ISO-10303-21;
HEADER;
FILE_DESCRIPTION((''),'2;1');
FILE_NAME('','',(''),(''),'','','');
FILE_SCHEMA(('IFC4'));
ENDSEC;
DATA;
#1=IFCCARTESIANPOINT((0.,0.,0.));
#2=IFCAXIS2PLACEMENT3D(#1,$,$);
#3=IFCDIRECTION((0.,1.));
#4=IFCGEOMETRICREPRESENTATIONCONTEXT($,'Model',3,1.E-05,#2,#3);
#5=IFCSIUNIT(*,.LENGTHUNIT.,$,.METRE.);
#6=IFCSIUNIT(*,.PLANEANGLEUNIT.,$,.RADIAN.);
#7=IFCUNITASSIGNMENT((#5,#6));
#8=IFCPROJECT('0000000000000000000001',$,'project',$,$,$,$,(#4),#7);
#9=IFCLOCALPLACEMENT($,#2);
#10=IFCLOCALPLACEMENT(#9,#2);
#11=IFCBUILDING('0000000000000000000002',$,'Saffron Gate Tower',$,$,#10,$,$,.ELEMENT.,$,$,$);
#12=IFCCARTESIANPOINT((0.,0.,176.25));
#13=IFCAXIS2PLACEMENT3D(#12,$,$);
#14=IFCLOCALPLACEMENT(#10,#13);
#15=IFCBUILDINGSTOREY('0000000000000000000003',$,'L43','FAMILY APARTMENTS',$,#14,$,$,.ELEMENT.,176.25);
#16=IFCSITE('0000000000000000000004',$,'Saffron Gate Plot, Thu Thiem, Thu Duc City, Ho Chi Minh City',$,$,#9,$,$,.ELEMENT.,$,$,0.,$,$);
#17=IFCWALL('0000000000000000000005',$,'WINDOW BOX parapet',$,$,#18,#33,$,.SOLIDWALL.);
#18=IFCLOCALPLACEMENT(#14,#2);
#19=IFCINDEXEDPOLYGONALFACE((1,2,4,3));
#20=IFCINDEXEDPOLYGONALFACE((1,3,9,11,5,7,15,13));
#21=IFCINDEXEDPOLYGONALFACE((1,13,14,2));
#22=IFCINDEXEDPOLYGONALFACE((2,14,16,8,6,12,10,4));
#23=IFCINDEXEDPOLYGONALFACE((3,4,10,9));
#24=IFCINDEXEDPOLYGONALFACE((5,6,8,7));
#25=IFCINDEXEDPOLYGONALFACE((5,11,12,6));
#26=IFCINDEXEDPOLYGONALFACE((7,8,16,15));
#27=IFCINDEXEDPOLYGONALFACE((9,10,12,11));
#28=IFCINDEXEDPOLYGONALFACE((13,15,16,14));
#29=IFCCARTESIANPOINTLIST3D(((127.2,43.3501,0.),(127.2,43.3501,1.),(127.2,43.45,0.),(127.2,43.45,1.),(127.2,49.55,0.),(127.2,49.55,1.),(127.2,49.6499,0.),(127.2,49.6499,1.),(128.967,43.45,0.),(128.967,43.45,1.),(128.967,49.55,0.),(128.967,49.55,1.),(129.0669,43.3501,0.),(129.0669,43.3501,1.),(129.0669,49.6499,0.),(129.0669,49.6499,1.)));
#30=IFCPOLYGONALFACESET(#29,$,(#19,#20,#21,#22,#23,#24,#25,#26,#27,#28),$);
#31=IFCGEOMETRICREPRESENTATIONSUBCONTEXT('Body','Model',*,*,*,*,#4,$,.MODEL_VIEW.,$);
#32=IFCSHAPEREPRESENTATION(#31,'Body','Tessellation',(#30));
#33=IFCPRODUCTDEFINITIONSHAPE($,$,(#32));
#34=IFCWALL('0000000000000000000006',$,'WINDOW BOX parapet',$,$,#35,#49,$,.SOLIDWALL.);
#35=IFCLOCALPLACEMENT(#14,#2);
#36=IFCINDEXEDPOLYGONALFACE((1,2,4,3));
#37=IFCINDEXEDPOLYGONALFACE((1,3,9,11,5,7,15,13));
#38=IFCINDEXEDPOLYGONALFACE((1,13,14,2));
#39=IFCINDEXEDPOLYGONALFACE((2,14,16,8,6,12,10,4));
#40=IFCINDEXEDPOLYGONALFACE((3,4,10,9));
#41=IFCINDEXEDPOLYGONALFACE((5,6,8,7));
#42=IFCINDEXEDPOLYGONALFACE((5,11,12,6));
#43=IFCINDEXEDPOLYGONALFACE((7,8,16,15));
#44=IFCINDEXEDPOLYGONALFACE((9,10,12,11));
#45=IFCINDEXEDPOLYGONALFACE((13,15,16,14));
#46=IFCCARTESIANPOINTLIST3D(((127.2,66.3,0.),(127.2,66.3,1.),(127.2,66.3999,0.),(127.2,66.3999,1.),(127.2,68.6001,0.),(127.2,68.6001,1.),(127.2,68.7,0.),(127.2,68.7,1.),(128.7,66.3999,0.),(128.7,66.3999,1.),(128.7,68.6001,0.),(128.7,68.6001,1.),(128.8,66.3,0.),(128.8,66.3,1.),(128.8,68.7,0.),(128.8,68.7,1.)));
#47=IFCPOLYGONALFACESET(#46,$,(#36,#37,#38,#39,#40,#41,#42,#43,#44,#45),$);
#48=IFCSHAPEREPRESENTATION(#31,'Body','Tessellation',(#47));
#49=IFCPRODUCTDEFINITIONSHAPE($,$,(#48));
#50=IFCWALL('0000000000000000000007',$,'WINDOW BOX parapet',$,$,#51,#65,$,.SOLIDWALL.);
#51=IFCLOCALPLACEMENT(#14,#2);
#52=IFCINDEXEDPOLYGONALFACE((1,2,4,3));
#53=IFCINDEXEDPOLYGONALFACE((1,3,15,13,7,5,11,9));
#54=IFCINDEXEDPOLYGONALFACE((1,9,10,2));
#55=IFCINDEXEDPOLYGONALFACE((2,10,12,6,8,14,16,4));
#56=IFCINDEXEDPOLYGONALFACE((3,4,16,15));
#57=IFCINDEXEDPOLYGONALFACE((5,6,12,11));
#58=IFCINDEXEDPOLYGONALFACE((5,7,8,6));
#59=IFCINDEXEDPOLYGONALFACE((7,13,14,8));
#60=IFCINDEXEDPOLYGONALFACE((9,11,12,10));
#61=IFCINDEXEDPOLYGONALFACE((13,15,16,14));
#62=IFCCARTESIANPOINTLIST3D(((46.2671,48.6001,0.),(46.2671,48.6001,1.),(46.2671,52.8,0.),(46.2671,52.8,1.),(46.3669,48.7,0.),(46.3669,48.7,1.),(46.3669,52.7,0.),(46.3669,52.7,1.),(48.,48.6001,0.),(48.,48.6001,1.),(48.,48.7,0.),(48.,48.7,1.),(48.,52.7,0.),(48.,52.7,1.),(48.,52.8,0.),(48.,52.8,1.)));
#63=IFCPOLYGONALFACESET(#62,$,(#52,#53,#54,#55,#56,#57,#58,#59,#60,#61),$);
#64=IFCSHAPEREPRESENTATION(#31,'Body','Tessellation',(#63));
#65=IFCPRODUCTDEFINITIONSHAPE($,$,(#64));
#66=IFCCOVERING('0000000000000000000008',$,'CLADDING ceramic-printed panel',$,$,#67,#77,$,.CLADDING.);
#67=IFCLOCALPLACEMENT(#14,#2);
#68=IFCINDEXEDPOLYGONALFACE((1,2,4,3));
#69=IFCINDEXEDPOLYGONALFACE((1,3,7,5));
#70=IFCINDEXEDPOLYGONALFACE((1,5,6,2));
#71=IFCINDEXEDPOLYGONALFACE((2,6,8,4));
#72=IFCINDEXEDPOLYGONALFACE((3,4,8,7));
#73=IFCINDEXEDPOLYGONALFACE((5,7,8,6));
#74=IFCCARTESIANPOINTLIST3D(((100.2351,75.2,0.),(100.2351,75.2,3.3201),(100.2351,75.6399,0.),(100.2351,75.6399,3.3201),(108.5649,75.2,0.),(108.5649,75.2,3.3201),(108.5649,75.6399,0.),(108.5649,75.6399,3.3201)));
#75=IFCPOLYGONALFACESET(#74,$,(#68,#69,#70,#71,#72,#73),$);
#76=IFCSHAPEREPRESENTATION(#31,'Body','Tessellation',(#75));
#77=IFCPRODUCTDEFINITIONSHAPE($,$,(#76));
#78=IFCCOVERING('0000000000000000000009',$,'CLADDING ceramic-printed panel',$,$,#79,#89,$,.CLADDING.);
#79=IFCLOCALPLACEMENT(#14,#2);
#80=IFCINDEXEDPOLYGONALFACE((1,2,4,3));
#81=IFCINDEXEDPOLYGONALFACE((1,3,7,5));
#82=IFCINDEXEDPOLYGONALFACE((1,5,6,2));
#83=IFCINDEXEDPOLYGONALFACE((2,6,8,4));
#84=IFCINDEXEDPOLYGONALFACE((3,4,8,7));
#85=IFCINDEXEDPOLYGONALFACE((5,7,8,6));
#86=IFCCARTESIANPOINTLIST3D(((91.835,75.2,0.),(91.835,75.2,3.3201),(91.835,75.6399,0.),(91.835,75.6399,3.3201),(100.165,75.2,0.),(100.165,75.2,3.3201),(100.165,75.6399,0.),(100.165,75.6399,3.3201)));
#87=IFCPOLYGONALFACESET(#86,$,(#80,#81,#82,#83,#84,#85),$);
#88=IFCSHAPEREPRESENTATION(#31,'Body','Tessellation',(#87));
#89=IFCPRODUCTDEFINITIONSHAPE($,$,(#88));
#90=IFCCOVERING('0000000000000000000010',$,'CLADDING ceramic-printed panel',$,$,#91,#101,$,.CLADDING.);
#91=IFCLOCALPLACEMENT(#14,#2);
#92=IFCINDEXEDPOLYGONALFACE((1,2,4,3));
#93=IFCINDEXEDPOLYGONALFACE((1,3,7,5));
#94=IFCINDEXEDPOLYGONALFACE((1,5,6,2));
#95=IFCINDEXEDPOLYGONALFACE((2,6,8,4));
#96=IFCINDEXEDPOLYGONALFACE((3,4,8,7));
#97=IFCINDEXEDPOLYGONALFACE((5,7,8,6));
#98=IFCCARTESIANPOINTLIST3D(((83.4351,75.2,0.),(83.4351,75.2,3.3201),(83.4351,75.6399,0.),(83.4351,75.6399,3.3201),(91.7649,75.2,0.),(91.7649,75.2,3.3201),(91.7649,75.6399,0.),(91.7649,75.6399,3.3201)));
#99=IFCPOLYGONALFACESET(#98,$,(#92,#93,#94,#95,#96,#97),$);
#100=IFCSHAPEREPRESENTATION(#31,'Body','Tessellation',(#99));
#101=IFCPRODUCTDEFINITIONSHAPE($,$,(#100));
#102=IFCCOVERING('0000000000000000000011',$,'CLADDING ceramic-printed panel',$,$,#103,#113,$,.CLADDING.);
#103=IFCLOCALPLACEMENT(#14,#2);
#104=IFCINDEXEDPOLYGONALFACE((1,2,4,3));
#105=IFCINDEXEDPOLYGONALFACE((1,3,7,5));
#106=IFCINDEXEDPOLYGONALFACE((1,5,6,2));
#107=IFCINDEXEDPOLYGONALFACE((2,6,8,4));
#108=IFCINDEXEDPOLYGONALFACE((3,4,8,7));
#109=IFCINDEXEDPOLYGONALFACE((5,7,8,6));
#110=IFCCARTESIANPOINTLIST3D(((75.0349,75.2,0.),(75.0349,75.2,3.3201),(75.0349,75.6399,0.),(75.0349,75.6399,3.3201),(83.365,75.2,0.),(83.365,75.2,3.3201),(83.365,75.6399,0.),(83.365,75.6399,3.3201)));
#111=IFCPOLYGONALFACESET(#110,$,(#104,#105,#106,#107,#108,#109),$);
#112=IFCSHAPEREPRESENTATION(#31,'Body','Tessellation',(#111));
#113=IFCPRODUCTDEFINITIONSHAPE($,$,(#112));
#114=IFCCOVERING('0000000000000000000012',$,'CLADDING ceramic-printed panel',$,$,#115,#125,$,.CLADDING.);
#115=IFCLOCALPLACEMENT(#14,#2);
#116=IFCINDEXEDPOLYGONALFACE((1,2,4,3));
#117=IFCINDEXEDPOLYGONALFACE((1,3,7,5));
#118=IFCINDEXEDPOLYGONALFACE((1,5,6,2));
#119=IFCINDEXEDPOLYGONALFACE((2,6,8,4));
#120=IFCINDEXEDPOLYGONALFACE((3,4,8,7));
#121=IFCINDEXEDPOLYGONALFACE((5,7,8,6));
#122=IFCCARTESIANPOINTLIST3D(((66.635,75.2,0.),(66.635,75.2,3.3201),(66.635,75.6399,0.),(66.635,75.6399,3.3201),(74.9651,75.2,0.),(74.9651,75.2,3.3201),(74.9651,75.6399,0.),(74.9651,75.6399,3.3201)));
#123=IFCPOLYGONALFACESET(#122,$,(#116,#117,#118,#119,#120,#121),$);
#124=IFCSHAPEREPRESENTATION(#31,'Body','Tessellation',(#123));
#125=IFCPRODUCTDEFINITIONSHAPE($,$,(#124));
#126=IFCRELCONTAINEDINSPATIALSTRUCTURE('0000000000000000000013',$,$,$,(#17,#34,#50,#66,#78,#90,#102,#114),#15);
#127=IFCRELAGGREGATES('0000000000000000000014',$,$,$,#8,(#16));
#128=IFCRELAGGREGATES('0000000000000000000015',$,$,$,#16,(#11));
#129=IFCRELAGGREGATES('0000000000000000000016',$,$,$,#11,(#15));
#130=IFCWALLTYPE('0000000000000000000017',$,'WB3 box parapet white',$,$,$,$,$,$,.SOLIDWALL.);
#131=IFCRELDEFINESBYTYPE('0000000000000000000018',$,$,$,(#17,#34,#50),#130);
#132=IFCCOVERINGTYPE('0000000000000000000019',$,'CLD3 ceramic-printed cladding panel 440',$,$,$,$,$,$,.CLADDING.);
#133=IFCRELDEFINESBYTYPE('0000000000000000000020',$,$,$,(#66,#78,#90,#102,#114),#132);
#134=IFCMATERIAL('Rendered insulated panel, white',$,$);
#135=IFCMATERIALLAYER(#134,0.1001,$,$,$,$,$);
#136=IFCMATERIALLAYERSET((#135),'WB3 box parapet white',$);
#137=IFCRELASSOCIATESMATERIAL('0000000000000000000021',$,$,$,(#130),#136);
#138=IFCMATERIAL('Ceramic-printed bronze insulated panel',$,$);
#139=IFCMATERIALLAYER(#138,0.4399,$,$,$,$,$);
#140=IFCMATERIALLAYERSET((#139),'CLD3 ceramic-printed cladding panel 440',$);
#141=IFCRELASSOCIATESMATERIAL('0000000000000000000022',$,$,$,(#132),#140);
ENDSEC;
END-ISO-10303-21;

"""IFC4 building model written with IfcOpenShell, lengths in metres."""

from ifc_helpers import new_model, si_unit, direction, frame, origin, place, context, subcontext, project, spatial, polyline, outline, extrude, material, layer, layer_set, type_object, element, save


model = new_model("IFC4")

# Units and contexts
model_context = context("Model", 3, precision=1e-05, world=origin(), true_north=direction((0.0, 1.0)))
body_context = subcontext(model_context, "Body", "Model", "MODEL_VIEW")
ifc_project = project(units=[si_unit("LENGTHUNIT", "METRE"), si_unit("PLANEANGLEUNIT", "RADIAN")], contexts=[model_context])

# Site, building, storey
site_placement = place(None, origin())
site = spatial("IfcSite", under=ifc_project, at=site_placement, Name="Saffron Gate Plot, Thu Thiem, Thu Duc City, Ho Chi Minh City", CompositionType="ELEMENT", RefElevation=0.0)
building_placement = place(site_placement, origin())
building = spatial("IfcBuilding", under=site, at=building_placement, Name="Saffron Gate Tower", CompositionType="ELEMENT")
storey_placement = place(building_placement, frame((0.0, 0.0, 176.25)))
storey = spatial("IfcBuildingStorey", under=building, at=storey_placement, Name="L43", Description="FAMILY APARTMENTS", CompositionType="ELEMENT", Elevation=176.25)

# Walls
ifc_material_1 = material(Name="Rendered insulated panel, white")
ifc_layer_1 = layer(ifc_material_1, 0.1001)
ifc_layer_set_1 = layer_set([ifc_layer_1], Name="WB3 box parapet white")
wall_type = type_object("IfcWallType", Name="WB3 box parapet white", PredefinedType="SOLIDWALL", material=ifc_layer_set_1)
wall_1_placement = place(storey_placement, origin())
element("IfcWall", 1, at=wall_1_placement, inside=storey, type_object=wall_type, Name="WINDOW BOX parapet", PredefinedType="SOLIDWALL", context=body_context, shape_type="SweptSolid", body=[
    extrude(outline(polyline([(127.2, 43.3501), (127.2, 43.45), (128.967, 43.45), (128.967, 49.55), (127.2, 49.55), (127.2, 49.6499), (129.0669, 49.6499), (129.0669, 43.3501), (127.2, 43.3501)])), origin(), (0.0, 0.0, 1.0), 1.0),
])
wall_2_placement = place(storey_placement, origin())
element("IfcWall", 2, at=wall_2_placement, inside=storey, type_object=wall_type, Name="WINDOW BOX parapet", PredefinedType="SOLIDWALL", context=body_context, shape_type="SweptSolid", body=[
    extrude(outline(polyline([(127.2, 66.3), (127.2, 66.3999), (128.7, 66.3999), (128.7, 68.6001), (127.2, 68.6001), (127.2, 68.7), (128.8, 68.7), (128.8, 66.3), (127.2, 66.3)])), origin(), (0.0, 0.0, 1.0), 1.0),
])
wall_3_placement = place(storey_placement, origin())
element("IfcWall", 3, at=wall_3_placement, inside=storey, type_object=wall_type, Name="WINDOW BOX parapet", PredefinedType="SOLIDWALL", context=body_context, shape_type="SweptSolid", body=[
    extrude(outline(polyline([(48.0, 52.8), (48.0, 52.7), (46.3669, 52.7), (46.3669, 48.7), (48.0, 48.7), (48.0, 48.6001), (46.2671, 48.6001), (46.2671, 52.8), (48.0, 52.8)])), origin(), (0.0, 0.0, 1.0), 1.0),
])

# Coverings
ifc_material_2 = material(Name="Ceramic-printed bronze insulated panel")
ifc_layer_2 = layer(ifc_material_2, 0.4399)
ifc_layer_set_2 = layer_set([ifc_layer_2], Name="CLD3 ceramic-printed cladding panel 440")
covering_type = type_object("IfcCoveringType", Name="CLD3 ceramic-printed cladding panel 440", PredefinedType="CLADDING", material=ifc_layer_set_2)
covering_1_placement = place(storey_placement, origin())
element("IfcCovering", 4, at=covering_1_placement, inside=storey, type_object=covering_type, Name="CLADDING ceramic-printed panel", PredefinedType="CLADDING", context=body_context, shape_type="SweptSolid", body=[
    extrude(outline(polyline([(108.5649, 75.6399), (100.2351, 75.6399), (100.2351, 75.2), (108.5649, 75.2), (108.5649, 75.6399)])), origin(), (0.0, 0.0, 1.0), 3.3201),
])
covering_2_placement = place(storey_placement, origin())
element("IfcCovering", 5, at=covering_2_placement, inside=storey, type_object=covering_type, Name="CLADDING ceramic-printed panel", PredefinedType="CLADDING", context=body_context, shape_type="SweptSolid", body=[
    extrude(outline(polyline([(100.165, 75.6399), (91.835, 75.6399), (91.835, 75.2), (100.165, 75.2), (100.165, 75.6399)])), origin(), (0.0, 0.0, 1.0), 3.3201),
])
covering_3_placement = place(storey_placement, origin())
element("IfcCovering", 6, at=covering_3_placement, inside=storey, type_object=covering_type, Name="CLADDING ceramic-printed panel", PredefinedType="CLADDING", context=body_context, shape_type="SweptSolid", body=[
    extrude(outline(polyline([(91.7649, 75.6399), (83.4351, 75.6399), (83.4351, 75.2), (91.7649, 75.2), (91.7649, 75.6399)])), origin(), (0.0, 0.0, 1.0), 3.3201),
])
covering_4_placement = place(storey_placement, origin())
element("IfcCovering", 7, at=covering_4_placement, inside=storey, type_object=covering_type, Name="CLADDING ceramic-printed panel", PredefinedType="CLADDING", context=body_context, shape_type="SweptSolid", body=[
    extrude(outline(polyline([(83.365, 75.6399), (75.0349, 75.6399), (75.0349, 75.2), (83.365, 75.2), (83.365, 75.6399)])), origin(), (0.0, 0.0, 1.0), 3.3201),
])
covering_5_placement = place(storey_placement, origin())
element("IfcCovering", 8, at=covering_5_placement, inside=storey, type_object=covering_type, Name="CLADDING ceramic-printed panel", PredefinedType="CLADDING", context=body_context, shape_type="SweptSolid", body=[
    extrude(outline(polyline([(74.9651, 75.6399), (66.635, 75.6399), (66.635, 75.2), (74.9651, 75.2), (74.9651, 75.6399)])), origin(), (0.0, 0.0, 1.0), 3.3201),
])

save(model, "model.ifc")
